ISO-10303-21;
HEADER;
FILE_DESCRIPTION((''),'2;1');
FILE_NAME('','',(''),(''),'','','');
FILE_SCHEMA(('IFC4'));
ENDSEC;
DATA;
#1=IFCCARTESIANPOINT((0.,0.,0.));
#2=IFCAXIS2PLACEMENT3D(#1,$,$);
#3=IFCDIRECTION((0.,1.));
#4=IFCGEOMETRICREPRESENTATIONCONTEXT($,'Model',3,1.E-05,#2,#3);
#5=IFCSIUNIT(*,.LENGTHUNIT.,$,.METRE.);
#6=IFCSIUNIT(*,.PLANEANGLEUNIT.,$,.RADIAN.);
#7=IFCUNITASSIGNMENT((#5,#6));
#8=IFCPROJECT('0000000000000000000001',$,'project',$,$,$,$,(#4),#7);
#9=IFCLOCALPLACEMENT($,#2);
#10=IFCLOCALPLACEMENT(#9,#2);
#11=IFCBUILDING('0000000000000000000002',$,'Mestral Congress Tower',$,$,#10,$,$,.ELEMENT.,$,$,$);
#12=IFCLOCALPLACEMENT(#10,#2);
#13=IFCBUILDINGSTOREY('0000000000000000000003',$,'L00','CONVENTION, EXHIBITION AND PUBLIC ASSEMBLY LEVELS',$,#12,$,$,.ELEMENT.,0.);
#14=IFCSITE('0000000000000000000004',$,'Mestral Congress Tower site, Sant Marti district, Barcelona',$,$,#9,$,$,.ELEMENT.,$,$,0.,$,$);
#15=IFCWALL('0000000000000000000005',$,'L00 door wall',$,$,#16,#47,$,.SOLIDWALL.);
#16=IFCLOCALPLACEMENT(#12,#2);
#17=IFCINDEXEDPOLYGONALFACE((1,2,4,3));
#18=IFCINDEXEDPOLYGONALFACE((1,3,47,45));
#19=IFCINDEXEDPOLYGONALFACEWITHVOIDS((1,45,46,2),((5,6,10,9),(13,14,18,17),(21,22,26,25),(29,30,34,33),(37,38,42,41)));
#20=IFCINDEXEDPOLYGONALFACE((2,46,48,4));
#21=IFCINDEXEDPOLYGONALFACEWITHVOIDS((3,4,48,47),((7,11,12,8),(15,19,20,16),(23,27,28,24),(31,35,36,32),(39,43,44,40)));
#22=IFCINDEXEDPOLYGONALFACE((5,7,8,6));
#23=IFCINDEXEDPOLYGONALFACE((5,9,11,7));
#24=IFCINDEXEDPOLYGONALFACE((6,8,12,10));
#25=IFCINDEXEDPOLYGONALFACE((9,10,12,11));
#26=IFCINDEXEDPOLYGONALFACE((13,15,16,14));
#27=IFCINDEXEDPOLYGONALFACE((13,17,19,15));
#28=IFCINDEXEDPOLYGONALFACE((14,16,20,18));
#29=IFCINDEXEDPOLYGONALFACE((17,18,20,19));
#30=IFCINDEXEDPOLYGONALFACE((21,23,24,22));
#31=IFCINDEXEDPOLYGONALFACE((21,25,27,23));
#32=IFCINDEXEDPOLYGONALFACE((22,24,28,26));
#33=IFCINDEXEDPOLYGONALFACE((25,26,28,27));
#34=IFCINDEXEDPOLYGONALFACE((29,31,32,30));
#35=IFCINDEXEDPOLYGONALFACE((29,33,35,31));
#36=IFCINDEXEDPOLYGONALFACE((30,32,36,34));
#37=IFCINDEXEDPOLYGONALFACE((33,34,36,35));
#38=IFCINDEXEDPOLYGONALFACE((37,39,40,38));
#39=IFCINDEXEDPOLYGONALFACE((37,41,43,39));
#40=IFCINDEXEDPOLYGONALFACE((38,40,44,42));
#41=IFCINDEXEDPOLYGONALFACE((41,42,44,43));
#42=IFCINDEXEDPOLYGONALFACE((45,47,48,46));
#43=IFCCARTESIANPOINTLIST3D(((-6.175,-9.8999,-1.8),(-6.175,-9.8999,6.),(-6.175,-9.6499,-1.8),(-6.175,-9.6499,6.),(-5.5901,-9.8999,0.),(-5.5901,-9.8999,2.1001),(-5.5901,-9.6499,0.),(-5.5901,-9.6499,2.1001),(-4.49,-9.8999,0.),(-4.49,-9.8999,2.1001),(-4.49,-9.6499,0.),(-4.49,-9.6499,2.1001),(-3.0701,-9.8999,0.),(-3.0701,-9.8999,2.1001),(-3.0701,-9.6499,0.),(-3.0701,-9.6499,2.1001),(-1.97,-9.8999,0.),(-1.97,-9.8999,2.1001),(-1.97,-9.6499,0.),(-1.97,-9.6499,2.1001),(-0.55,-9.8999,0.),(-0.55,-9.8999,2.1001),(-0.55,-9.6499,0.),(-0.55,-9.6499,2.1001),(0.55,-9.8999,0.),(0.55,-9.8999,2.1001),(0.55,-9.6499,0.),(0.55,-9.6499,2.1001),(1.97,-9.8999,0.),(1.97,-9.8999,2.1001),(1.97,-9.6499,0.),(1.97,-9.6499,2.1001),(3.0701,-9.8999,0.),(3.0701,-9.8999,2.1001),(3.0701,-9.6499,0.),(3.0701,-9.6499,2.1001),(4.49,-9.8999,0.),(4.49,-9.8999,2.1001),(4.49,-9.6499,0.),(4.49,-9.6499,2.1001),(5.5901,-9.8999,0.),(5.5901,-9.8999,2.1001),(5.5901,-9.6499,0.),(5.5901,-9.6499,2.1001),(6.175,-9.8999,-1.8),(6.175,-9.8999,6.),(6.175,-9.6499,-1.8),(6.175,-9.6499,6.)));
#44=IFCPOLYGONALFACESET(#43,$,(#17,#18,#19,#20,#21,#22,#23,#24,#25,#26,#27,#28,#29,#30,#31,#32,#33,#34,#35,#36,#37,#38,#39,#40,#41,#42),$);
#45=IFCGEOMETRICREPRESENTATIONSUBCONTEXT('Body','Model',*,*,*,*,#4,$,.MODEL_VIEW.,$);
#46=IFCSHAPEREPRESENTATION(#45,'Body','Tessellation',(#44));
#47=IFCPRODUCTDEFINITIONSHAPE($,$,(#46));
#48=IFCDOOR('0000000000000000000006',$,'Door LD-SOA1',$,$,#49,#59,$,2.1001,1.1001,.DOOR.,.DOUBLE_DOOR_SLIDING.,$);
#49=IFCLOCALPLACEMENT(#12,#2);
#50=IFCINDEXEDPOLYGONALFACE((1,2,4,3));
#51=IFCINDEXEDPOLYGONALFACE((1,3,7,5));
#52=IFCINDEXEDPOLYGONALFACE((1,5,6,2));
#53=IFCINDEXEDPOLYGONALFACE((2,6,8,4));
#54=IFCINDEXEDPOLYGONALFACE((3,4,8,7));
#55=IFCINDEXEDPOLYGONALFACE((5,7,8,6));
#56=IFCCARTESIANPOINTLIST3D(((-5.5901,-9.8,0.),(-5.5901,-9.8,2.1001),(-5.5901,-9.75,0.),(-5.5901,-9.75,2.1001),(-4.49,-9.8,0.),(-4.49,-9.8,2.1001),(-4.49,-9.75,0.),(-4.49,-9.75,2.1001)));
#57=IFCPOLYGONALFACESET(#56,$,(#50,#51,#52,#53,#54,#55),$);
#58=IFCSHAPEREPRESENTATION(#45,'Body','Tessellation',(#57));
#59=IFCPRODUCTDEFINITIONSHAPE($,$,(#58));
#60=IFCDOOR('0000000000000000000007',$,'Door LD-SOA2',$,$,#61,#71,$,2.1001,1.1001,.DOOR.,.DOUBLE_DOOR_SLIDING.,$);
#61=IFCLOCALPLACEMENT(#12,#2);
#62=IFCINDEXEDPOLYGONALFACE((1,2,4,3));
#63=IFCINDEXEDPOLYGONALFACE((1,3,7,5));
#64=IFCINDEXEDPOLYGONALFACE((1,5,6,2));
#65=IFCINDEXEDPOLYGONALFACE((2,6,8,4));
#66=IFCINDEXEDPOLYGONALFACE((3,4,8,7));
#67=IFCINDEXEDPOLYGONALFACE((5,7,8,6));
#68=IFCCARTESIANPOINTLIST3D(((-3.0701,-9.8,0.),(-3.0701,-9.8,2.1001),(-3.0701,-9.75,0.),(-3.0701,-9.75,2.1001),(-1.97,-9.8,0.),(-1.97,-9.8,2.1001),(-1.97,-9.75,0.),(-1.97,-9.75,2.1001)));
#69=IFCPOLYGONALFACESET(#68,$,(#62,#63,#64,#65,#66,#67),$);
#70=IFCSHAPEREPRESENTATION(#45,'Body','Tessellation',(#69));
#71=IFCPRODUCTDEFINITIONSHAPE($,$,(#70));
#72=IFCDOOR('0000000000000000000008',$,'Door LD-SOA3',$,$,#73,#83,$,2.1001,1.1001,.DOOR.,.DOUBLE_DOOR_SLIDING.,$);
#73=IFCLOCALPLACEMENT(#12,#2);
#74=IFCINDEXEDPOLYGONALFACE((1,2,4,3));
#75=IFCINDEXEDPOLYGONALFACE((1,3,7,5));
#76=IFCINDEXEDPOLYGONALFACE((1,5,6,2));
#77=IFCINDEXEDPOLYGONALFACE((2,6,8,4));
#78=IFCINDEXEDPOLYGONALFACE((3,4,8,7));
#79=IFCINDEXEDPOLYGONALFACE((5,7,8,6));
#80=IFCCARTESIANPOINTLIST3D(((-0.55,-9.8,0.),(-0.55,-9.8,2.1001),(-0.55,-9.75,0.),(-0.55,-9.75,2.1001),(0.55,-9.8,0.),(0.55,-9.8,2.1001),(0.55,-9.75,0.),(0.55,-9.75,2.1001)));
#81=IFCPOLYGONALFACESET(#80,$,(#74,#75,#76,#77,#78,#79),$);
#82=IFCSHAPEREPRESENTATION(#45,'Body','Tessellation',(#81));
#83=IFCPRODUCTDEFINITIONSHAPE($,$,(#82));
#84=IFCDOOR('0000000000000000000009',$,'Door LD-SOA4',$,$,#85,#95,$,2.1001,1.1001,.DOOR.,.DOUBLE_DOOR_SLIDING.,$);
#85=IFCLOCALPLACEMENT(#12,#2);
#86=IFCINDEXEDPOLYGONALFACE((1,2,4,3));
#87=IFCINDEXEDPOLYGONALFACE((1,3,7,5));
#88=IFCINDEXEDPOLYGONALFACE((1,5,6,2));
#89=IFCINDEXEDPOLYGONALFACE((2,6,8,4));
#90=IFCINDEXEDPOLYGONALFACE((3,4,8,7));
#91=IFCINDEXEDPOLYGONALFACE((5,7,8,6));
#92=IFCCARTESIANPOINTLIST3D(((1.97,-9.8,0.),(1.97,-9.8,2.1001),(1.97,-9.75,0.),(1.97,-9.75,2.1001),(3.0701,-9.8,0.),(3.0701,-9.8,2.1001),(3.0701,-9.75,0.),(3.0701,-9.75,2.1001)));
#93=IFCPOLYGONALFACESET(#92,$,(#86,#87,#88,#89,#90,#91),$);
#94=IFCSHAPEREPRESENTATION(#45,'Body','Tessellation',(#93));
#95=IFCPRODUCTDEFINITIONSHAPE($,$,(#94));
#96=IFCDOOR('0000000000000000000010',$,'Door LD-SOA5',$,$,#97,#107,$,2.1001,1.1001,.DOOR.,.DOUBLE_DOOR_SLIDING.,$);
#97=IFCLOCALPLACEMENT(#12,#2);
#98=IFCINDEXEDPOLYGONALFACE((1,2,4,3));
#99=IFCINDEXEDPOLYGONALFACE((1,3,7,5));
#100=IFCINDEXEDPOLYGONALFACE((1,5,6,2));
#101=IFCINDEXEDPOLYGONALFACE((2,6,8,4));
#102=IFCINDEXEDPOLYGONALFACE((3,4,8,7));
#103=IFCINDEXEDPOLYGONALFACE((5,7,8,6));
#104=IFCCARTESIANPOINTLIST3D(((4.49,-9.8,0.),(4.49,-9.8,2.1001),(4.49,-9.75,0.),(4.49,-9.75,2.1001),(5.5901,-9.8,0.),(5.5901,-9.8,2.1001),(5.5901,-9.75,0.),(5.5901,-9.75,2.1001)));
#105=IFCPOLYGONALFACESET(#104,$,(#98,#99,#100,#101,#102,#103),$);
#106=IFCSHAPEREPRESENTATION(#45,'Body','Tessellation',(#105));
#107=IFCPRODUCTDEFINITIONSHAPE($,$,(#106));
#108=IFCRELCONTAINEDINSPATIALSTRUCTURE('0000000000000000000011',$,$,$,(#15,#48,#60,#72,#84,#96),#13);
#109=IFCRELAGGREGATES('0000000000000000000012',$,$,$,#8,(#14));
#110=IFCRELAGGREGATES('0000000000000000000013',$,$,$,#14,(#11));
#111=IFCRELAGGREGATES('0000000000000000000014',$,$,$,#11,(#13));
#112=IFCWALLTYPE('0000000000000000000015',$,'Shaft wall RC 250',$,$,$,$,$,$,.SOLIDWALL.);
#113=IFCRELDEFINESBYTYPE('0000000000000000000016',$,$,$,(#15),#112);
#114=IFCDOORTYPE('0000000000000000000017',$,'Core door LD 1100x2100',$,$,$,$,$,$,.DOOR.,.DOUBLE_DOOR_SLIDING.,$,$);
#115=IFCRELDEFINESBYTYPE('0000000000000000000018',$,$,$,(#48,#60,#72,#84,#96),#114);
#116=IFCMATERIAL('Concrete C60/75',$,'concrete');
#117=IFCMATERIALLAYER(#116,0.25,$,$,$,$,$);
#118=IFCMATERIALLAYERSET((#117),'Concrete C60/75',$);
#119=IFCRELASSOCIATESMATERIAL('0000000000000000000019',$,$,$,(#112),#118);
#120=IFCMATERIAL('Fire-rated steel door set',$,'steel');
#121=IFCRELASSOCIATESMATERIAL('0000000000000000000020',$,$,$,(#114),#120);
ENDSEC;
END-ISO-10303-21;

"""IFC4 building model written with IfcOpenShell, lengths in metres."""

from ifc_helpers import new_model, si_unit, direction, frame, frame_2d, origin, place, context, subcontext, project, spatial, rectangle, extrude, material, layer, layer_set, type_object, element, fill, save


model = new_model("IFC4")

# Units and contexts
model_context = context("Model", 3, precision=1e-05, world=origin(), true_north=direction((0.0, 1.0)))
body_context = subcontext(model_context, "Body", "Model", "MODEL_VIEW")
ifc_project = project(units=[si_unit("LENGTHUNIT", "METRE"), si_unit("PLANEANGLEUNIT", "RADIAN")], contexts=[model_context])

# Site, building, storey
site_placement = place(None, origin())
site = spatial("IfcSite", under=ifc_project, at=site_placement, Name="Mestral Congress Tower site, Sant Marti district, Barcelona", CompositionType="ELEMENT", RefElevation=0.0)
building_placement = place(site_placement, origin())
building = spatial("IfcBuilding", under=site, at=building_placement, Name="Mestral Congress Tower", CompositionType="ELEMENT")
storey_placement = place(building_placement, origin())
storey = spatial("IfcBuildingStorey", under=building, at=storey_placement, Name="L00", Description="CONVENTION, EXHIBITION AND PUBLIC ASSEMBLY LEVELS", CompositionType="ELEMENT", Elevation=0.0)

# Shared definitions
ifc_material_1 = material(Name="Concrete C60/75", Category="concrete")
ifc_layer_1 = layer(ifc_material_1, 0.25)
ifc_layer_set_1 = layer_set([ifc_layer_1], Name="Concrete C60/75")
wall_type_1 = type_object("IfcWallType", Name="Shaft wall RC 250", PredefinedType="SOLIDWALL", material=ifc_layer_set_1)

# Wall, openings, doors
wall_1_placement = place(storey_placement, frame((-6.175, -9.7749, -1.8), z_axis=(0.0, 0.0, 1.0), x_axis=(1.0, 0.0, 0.0)))
wall_1 = element("IfcWall", 1, at=wall_1_placement, inside=storey, type_object=wall_type_1, Name="L00 door wall", PredefinedType="SOLIDWALL", context=body_context, shape_type="SweptSolid", body=[
    extrude(rectangle(XDim=12.3501, YDim=0.25, at=frame_2d((6.175, 0.0))), origin(), (0.0, 0.0, 1.0), 7.8),
])
opening_1_placement = place(wall_1_placement, frame((0.585, 0.0, 1.8)))
opening_1 = element("IfcOpeningElement", 2, at=opening_1_placement, cuts=wall_1, PredefinedType="OPENING", context=body_context, shape_type="SweptSolid", body=[
    extrude(rectangle(XDim=1.1001, YDim=2.1001, at=frame_2d((0.55, 1.05))), frame((0.0, 0.135, 0.0), z_axis=(0.0, -1.0, 0.0), x_axis=(1.0, 0.0, 0.0)), (0.0, 0.0, 1.0), 0.27),
])
opening_2_placement = place(wall_1_placement, frame((3.105, 0.0, 1.8)))
opening_2 = element("IfcOpeningElement", 3, at=opening_2_placement, cuts=wall_1, PredefinedType="OPENING", context=body_context, shape_type="SweptSolid", body=[
    extrude(rectangle(XDim=1.1001, YDim=2.1001, at=frame_2d((0.55, 1.05))), frame((0.0, 0.135, 0.0), z_axis=(0.0, -1.0, 0.0), x_axis=(1.0, 0.0, 0.0)), (0.0, 0.0, 1.0), 0.27),
])
opening_3_placement = place(wall_1_placement, frame((5.625, 0.0, 1.8)))
opening_3 = element("IfcOpeningElement", 4, at=opening_3_placement, cuts=wall_1, PredefinedType="OPENING", context=body_context, shape_type="SweptSolid", body=[
    extrude(rectangle(XDim=1.1001, YDim=2.1001, at=frame_2d((0.55, 1.05))), frame((0.0, 0.135, 0.0), z_axis=(0.0, -1.0, 0.0), x_axis=(1.0, 0.0, 0.0)), (0.0, 0.0, 1.0), 0.27),
])
opening_4_placement = place(wall_1_placement, frame((8.145, 0.0, 1.8)))
opening_4 = element("IfcOpeningElement", 5, at=opening_4_placement, cuts=wall_1, PredefinedType="OPENING", context=body_context, shape_type="SweptSolid", body=[
    extrude(rectangle(XDim=1.1001, YDim=2.1001, at=frame_2d((0.55, 1.05))), frame((0.0, 0.135, 0.0), z_axis=(0.0, -1.0, 0.0), x_axis=(1.0, 0.0, 0.0)), (0.0, 0.0, 1.0), 0.27),
])
opening_5_placement = place(wall_1_placement, frame((10.665, 0.0, 1.8)))
opening_5 = element("IfcOpeningElement", 6, at=opening_5_placement, cuts=wall_1, PredefinedType="OPENING", context=body_context, shape_type="SweptSolid", body=[
    extrude(rectangle(XDim=1.1001, YDim=2.1001, at=frame_2d((0.55, 1.05))), frame((0.0, 0.135, 0.0), z_axis=(0.0, -1.0, 0.0), x_axis=(1.0, 0.0, 0.0)), (0.0, 0.0, 1.0), 0.27),
])
ifc_material_2 = material(Name="Fire-rated steel door set", Category="steel")
door_type_1 = type_object("IfcDoorType", Name="Core door LD 1100x2100", OperationType="DOUBLE_DOOR_SLIDING", PredefinedType="DOOR", material=ifc_material_2)
door_1_placement = place(opening_1_placement, origin())
door_1 = element("IfcDoor", 7, at=door_1_placement, inside=storey, type_object=door_type_1, Name="Door LD-SOA1", OperationType="DOUBLE_DOOR_SLIDING", OverallHeight=2.1001, OverallWidth=1.1001, PredefinedType="DOOR", context=body_context, shape_type="SweptSolid", body=[
    extrude(rectangle(XDim=1.1001, YDim=2.1001, at=frame_2d((0.55, 1.05))), frame((0.0, 0.0249, 0.0), z_axis=(0.0, -1.0, 0.0), x_axis=(1.0, 0.0, 0.0)), (0.0, 0.0, 1.0), 0.05),
])
fill(opening_1, door_1)
door_2_placement = place(opening_2_placement, origin())
door_2 = element("IfcDoor", 8, at=door_2_placement, inside=storey, type_object=door_type_1, Name="Door LD-SOA2", OperationType="DOUBLE_DOOR_SLIDING", OverallHeight=2.1001, OverallWidth=1.1001, PredefinedType="DOOR", context=body_context, shape_type="SweptSolid", body=[
    extrude(rectangle(XDim=1.1001, YDim=2.1001, at=frame_2d((0.55, 1.05))), frame((0.0, 0.0249, 0.0), z_axis=(0.0, -1.0, 0.0), x_axis=(1.0, 0.0, 0.0)), (0.0, 0.0, 1.0), 0.05),
])
fill(opening_2, door_2)
door_3_placement = place(opening_3_placement, origin())
door_3 = element("IfcDoor", 9, at=door_3_placement, inside=storey, type_object=door_type_1, Name="Door LD-SOA3", OperationType="DOUBLE_DOOR_SLIDING", OverallHeight=2.1001, OverallWidth=1.1001, PredefinedType="DOOR", context=body_context, shape_type="SweptSolid", body=[
    extrude(rectangle(XDim=1.1001, YDim=2.1001, at=frame_2d((0.55, 1.05))), frame((0.0, 0.0249, 0.0), z_axis=(0.0, -1.0, 0.0), x_axis=(1.0, 0.0, 0.0)), (0.0, 0.0, 1.0), 0.05),
])
fill(opening_3, door_3)
door_4_placement = place(opening_4_placement, origin())
door_4 = element("IfcDoor", 10, at=door_4_placement, inside=storey, type_object=door_type_1, Name="Door LD-SOA4", OperationType="DOUBLE_DOOR_SLIDING", OverallHeight=2.1001, OverallWidth=1.1001, PredefinedType="DOOR", context=body_context, shape_type="SweptSolid", body=[
    extrude(rectangle(XDim=1.1001, YDim=2.1001, at=frame_2d((0.55, 1.05))), frame((0.0, 0.0249, 0.0), z_axis=(0.0, -1.0, 0.0), x_axis=(1.0, 0.0, 0.0)), (0.0, 0.0, 1.0), 0.05),
])
fill(opening_4, door_4)
door_5_placement = place(opening_5_placement, origin())
door_5 = element("IfcDoor", 11, at=door_5_placement, inside=storey, type_object=door_type_1, Name="Door LD-SOA5", OperationType="DOUBLE_DOOR_SLIDING", OverallHeight=2.1001, OverallWidth=1.1001, PredefinedType="DOOR", context=body_context, shape_type="SweptSolid", body=[
    extrude(rectangle(XDim=1.1001, YDim=2.1001, at=frame_2d((0.55, 1.05))), frame((0.0, 0.0249, 0.0), z_axis=(0.0, -1.0, 0.0), x_axis=(1.0, 0.0, 0.0)), (0.0, 0.0, 1.0), 0.05),
])
fill(opening_5, door_5)

save(model, "model.ifc")
